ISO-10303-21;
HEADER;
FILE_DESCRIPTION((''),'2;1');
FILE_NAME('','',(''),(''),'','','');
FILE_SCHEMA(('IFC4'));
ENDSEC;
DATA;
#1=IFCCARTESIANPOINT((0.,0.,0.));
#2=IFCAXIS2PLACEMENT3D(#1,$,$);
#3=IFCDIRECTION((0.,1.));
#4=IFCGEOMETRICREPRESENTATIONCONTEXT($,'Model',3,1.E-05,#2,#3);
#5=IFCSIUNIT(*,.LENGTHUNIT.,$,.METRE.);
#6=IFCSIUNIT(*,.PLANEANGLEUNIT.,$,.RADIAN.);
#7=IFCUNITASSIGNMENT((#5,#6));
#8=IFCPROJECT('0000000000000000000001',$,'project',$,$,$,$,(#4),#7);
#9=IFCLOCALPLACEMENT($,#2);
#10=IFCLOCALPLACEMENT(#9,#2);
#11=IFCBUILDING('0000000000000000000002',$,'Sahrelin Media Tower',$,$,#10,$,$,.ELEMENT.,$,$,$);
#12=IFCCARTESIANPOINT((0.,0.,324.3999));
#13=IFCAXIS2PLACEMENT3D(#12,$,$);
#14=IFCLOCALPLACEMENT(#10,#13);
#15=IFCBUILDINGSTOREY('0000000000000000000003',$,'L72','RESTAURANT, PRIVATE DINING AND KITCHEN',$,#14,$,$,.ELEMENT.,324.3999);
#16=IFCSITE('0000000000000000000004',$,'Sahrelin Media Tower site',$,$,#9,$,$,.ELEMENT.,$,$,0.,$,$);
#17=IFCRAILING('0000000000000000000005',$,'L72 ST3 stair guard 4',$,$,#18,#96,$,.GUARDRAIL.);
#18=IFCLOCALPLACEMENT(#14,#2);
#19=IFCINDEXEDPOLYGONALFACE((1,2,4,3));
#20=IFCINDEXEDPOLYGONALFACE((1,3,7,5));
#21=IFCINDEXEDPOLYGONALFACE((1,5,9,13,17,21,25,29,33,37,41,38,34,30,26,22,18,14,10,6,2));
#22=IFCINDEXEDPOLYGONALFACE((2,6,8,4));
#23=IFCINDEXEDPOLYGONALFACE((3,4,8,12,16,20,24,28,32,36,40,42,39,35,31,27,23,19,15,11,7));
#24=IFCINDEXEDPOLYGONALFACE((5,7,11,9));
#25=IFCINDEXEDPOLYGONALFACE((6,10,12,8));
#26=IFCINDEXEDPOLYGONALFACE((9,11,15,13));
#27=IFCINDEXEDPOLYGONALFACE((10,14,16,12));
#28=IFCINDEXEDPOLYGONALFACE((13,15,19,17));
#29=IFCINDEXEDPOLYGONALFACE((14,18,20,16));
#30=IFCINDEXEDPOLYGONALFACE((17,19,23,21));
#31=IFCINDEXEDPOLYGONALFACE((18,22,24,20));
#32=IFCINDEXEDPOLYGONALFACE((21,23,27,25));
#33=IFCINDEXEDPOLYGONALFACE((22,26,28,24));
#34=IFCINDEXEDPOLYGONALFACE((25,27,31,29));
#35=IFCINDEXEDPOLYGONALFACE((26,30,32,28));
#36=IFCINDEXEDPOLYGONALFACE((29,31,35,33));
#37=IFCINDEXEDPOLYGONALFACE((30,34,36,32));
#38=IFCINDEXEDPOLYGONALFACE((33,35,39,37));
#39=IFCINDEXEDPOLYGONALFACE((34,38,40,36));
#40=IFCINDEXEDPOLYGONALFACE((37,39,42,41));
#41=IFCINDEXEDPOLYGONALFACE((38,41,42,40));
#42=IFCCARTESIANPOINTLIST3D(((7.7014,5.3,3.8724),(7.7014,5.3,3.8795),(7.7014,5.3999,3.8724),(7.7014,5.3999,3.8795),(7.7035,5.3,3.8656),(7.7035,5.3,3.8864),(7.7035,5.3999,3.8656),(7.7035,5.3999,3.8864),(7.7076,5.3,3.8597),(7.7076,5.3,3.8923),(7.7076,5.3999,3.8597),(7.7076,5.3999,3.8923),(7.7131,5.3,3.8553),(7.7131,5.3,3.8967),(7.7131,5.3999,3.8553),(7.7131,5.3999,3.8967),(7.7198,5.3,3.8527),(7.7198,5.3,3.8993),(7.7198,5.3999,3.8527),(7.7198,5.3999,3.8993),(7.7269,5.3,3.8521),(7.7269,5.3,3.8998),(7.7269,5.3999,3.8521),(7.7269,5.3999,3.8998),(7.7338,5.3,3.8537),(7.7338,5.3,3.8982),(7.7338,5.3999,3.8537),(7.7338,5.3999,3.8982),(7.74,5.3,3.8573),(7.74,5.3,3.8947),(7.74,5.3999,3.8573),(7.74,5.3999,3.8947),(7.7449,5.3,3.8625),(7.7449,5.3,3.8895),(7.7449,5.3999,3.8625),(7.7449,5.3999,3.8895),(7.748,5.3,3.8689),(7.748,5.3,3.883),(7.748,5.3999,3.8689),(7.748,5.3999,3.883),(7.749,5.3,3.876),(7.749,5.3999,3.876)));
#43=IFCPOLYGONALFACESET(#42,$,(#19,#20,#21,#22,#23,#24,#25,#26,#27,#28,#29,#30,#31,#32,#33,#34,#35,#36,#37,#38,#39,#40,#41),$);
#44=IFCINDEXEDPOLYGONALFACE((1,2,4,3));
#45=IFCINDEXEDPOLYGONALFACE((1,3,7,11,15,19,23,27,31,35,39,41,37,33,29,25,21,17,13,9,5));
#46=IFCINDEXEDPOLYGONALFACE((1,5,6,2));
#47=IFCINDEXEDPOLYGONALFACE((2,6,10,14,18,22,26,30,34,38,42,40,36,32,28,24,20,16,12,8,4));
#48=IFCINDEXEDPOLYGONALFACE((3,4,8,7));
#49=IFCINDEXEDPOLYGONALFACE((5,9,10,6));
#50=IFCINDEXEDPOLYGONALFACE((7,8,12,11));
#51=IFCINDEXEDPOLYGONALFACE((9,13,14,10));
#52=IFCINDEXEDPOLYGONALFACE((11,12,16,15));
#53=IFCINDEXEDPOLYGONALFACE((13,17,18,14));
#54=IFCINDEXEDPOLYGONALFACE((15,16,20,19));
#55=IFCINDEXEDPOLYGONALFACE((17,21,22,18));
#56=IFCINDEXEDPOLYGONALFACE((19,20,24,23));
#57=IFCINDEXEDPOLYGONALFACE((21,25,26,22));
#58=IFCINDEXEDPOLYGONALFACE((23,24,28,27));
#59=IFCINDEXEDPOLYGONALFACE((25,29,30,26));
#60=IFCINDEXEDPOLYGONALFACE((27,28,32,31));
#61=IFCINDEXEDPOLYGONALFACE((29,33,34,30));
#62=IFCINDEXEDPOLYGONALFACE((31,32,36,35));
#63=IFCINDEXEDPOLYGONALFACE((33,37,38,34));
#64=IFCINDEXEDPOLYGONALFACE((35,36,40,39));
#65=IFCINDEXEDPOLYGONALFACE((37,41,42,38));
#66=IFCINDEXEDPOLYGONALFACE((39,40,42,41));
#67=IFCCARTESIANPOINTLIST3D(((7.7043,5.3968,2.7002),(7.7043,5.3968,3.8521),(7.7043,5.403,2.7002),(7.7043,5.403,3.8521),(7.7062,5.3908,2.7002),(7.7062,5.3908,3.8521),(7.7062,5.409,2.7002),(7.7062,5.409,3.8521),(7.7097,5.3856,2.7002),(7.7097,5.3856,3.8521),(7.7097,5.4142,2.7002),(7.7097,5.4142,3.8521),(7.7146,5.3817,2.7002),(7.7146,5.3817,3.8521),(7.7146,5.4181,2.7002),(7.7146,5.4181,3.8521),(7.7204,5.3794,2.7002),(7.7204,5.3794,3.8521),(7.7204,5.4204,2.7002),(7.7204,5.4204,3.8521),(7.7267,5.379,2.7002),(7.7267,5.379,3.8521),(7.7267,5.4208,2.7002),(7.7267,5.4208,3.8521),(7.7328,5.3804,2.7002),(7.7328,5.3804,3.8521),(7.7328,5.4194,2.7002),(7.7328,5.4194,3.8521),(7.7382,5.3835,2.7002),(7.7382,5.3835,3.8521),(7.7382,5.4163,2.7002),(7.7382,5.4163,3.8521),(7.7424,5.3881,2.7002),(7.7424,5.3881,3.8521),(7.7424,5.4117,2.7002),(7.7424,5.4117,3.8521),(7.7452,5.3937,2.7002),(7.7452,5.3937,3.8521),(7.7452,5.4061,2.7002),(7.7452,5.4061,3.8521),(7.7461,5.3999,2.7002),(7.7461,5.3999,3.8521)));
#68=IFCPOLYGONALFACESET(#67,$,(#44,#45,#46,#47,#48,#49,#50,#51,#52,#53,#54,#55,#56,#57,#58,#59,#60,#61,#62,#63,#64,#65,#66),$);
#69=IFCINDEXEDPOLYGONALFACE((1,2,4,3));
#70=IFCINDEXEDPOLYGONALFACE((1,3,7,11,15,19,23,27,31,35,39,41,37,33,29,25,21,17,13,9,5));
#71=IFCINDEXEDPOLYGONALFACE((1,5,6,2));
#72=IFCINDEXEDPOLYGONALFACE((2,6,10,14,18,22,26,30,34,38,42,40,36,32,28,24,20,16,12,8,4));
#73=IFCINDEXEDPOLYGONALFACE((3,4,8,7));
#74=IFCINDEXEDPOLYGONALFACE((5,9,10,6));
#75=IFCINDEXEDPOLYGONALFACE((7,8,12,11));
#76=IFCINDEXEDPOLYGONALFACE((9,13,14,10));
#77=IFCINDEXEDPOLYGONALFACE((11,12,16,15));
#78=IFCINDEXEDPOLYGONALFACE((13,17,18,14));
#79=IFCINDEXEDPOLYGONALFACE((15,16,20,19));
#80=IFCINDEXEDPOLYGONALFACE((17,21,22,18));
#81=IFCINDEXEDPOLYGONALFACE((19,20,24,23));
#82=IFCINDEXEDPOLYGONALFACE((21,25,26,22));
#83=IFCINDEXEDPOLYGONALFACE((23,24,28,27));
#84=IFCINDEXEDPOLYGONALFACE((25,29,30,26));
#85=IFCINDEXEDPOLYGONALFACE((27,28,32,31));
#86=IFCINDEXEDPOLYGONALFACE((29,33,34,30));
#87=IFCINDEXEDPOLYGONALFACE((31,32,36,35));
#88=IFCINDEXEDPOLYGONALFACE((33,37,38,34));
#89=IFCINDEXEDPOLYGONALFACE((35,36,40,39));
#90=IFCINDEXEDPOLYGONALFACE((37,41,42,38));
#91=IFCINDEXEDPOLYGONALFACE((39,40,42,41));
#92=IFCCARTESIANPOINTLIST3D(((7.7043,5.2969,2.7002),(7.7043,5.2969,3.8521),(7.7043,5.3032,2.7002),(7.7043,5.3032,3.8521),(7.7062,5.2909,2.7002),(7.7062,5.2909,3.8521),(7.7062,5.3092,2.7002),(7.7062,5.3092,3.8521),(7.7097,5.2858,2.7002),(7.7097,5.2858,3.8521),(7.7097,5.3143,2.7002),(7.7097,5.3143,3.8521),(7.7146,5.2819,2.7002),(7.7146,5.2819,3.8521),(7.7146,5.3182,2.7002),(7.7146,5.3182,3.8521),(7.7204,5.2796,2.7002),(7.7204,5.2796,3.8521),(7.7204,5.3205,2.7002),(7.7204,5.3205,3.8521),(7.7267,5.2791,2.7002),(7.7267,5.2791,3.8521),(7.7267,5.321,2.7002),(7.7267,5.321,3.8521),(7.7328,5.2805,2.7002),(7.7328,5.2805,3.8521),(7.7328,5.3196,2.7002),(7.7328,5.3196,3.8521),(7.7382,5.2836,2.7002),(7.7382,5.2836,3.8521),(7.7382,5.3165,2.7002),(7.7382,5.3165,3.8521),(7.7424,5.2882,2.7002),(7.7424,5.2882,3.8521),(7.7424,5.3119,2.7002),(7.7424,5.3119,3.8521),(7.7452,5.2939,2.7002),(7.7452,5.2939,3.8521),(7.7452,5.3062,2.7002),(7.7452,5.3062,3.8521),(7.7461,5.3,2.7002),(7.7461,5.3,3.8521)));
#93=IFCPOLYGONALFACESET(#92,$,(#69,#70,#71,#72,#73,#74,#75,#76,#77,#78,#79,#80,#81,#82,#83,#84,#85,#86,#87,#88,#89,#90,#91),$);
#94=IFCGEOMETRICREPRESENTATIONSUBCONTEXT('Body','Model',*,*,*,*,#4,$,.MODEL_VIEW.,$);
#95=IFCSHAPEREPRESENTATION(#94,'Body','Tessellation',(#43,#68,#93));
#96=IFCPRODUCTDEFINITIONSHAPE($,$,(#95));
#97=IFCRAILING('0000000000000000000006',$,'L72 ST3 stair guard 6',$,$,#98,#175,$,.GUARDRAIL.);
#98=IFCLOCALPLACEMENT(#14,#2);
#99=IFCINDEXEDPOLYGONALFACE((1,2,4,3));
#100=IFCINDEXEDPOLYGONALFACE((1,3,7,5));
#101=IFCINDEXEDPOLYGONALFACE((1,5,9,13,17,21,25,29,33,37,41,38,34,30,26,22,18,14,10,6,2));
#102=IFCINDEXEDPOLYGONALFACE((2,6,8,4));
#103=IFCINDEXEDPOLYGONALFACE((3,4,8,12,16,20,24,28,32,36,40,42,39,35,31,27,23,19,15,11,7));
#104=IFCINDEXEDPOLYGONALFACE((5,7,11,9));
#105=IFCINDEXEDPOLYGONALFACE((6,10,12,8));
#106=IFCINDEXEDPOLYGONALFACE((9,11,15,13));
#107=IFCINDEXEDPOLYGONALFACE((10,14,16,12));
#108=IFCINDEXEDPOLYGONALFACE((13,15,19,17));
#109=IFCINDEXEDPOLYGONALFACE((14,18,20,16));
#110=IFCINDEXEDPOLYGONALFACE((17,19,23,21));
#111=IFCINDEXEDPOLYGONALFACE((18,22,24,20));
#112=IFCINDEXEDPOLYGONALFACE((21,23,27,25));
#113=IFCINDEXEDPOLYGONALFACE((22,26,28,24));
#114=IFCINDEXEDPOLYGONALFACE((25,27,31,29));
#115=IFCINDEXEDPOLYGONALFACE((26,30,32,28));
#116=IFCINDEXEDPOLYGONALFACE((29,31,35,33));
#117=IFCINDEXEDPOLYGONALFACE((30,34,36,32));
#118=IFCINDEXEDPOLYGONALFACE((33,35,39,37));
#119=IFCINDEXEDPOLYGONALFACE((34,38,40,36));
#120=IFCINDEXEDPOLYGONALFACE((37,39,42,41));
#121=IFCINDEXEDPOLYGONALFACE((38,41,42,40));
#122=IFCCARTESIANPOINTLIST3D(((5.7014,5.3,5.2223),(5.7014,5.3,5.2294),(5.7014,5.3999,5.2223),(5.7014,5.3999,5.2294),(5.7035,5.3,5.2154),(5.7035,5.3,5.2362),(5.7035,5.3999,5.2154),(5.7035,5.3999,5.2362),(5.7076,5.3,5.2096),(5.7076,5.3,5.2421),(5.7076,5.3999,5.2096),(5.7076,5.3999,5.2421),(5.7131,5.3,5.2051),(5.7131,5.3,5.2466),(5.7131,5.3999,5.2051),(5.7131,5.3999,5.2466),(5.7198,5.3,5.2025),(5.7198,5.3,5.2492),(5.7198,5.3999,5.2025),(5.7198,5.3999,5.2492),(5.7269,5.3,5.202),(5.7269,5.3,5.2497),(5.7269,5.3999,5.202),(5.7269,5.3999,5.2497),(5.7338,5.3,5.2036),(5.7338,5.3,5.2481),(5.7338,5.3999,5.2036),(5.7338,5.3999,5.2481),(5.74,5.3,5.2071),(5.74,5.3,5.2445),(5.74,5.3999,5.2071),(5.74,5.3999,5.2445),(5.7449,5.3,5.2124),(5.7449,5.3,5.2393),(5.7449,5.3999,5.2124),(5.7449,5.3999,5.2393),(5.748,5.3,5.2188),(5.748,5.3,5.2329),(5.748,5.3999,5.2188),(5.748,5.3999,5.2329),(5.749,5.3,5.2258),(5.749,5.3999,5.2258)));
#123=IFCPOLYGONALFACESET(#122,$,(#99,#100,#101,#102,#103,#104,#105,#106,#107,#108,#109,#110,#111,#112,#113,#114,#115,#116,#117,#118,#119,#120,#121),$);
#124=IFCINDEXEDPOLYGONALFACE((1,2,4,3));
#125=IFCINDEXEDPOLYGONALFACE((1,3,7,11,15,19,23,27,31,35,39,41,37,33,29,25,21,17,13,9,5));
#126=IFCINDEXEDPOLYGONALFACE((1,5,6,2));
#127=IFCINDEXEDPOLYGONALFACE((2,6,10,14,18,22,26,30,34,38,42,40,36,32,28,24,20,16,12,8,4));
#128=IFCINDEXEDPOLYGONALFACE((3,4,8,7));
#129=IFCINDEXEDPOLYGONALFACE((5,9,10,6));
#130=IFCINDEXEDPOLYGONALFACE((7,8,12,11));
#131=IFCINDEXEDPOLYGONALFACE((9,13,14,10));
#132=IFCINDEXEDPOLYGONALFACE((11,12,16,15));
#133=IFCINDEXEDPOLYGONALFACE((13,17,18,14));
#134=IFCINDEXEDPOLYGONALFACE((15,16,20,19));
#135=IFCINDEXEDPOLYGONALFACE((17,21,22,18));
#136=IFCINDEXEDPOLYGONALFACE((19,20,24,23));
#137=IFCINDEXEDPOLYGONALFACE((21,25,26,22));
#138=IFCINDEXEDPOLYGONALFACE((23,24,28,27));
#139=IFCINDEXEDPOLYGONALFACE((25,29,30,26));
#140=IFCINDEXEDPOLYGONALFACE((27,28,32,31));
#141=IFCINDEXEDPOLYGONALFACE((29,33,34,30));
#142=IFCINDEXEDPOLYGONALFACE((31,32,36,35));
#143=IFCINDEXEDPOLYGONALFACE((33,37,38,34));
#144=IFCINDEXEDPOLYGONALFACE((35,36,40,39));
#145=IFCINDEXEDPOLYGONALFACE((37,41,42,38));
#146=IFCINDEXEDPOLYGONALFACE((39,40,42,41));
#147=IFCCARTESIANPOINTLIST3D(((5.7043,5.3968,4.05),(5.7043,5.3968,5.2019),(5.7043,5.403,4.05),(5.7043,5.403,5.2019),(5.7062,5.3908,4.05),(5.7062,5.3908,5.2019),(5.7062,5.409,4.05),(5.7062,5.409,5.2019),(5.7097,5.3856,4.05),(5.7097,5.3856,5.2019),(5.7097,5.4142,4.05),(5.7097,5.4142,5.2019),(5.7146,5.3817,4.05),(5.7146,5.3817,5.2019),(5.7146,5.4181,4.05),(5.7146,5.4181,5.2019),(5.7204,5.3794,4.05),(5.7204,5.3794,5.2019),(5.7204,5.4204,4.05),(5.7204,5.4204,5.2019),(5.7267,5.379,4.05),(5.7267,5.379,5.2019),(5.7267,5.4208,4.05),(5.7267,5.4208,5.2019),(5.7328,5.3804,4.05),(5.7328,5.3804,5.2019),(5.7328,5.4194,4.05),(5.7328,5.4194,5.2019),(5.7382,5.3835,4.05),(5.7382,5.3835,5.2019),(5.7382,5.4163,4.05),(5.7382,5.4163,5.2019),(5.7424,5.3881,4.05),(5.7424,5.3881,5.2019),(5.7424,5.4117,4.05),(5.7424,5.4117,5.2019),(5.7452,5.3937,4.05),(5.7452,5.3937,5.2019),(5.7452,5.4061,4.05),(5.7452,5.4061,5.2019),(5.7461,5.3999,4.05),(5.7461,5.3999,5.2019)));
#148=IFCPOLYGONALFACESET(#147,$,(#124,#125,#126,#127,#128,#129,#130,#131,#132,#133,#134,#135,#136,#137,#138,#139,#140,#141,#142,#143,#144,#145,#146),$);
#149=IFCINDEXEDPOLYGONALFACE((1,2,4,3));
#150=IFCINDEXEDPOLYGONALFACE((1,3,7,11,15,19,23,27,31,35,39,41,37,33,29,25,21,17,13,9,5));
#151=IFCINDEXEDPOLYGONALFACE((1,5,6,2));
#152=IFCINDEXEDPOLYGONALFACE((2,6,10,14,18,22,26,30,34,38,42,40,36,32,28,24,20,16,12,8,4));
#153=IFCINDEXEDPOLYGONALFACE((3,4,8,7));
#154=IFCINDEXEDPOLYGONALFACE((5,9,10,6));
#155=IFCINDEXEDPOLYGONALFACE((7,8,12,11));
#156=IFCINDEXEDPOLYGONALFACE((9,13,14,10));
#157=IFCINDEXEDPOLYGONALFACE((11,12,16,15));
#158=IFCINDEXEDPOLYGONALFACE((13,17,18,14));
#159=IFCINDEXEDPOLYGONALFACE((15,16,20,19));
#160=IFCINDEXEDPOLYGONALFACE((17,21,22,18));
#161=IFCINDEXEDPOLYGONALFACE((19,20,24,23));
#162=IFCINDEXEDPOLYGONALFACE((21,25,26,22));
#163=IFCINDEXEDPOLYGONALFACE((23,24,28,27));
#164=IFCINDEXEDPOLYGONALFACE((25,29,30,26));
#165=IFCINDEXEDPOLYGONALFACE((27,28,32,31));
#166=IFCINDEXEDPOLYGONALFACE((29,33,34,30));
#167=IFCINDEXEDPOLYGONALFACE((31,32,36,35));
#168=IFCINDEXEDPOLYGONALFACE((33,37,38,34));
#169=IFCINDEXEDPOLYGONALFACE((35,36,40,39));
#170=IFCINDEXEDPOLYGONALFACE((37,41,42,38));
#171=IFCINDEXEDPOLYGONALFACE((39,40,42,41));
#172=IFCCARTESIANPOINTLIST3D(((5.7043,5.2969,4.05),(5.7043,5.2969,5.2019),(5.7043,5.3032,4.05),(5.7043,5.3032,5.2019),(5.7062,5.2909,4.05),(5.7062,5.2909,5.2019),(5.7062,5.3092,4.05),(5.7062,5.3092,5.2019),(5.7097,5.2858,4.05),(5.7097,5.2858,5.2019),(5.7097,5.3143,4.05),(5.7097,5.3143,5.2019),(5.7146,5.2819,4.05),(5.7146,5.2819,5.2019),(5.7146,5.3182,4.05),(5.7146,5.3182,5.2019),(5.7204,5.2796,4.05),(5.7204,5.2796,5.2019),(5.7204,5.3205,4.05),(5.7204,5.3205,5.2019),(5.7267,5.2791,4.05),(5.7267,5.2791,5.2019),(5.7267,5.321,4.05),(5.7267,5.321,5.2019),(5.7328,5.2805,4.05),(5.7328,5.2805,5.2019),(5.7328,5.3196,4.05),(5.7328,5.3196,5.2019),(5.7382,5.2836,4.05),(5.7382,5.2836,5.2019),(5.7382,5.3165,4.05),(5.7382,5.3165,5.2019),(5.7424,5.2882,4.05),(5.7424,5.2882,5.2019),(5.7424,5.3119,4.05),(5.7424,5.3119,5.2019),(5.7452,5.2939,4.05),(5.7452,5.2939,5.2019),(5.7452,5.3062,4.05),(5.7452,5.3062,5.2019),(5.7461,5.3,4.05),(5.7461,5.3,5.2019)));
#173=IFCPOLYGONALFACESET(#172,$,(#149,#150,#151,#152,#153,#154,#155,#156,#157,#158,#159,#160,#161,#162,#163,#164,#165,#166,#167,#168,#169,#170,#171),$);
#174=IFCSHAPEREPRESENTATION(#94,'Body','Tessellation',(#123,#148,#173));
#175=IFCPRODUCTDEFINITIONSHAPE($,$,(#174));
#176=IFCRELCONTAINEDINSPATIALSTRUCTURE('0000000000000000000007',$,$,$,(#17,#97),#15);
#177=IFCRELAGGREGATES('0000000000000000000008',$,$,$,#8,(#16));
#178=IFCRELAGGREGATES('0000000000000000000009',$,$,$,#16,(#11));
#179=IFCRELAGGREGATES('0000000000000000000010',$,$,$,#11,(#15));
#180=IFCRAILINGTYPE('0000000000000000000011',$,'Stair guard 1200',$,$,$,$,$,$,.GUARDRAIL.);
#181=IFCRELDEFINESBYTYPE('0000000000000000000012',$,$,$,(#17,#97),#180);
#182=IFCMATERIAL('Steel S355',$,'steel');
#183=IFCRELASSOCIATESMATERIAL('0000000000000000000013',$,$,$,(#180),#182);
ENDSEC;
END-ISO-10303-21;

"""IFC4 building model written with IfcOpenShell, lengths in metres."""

from ifc_helpers import new_model, si_unit, direction, frame, origin, origin_2d, place, context, subcontext, project, spatial, circle, extrude, material, type_object, element, save


model = new_model("IFC4")

# Units and contexts
model_context = context("Model", 3, precision=1e-05, world=origin(), true_north=direction((0.0, 1.0)))
body_context = subcontext(model_context, "Body", "Model", "MODEL_VIEW")
ifc_project = project(units=[si_unit("LENGTHUNIT", "METRE"), si_unit("PLANEANGLEUNIT", "RADIAN")], contexts=[model_context])

# Site, building, storey
site_placement = place(None, origin())
site = spatial("IfcSite", under=ifc_project, at=site_placement, Name="Sahrelin Media Tower site", CompositionType="ELEMENT", RefElevation=0.0)
building_placement = place(site_placement, origin())
building = spatial("IfcBuilding", under=site, at=building_placement, Name="Sahrelin Media Tower", CompositionType="ELEMENT")
storey_placement = place(building_placement, frame((0.0, 0.0, 324.3999)))
storey = spatial("IfcBuildingStorey", under=building, at=storey_placement, Name="L72", Description="RESTAURANT, PRIVATE DINING AND KITCHEN", CompositionType="ELEMENT", Elevation=324.3999)

# Railings
ifc_material_1 = material(Name="Steel S355", Category="steel")
railing_type_1 = type_object("IfcRailingType", Name="Stair guard 1200", PredefinedType="GUARDRAIL", material=ifc_material_1)
for number, where, name in (
    (1, (7.7251, 5.3999, 2.7002), "L72 ST3 stair guard 4"),
    (2, (5.7251, 5.3999, 4.05), "L72 ST3 stair guard 6"),
):
    element("IfcRailing", number, at=place(storey_placement, frame(where)), inside=storey, type_object=railing_type_1, Name=name, PredefinedType="GUARDRAIL", context=body_context, shape_type="SweptSolid", body=[
        extrude(circle(Radius=0.0239, at=origin_2d()), frame((0.0, 0.0, 1.1758), z_axis=(0.0, -1.0, 0.0), x_axis=(1.0, 0.0, 0.0)), (0.0, 0.0, 1.0), 0.0999),
        extrude(circle(Radius=0.021, at=origin_2d()), origin(), (0.0, 0.0, 1.0), 1.1519),
        extrude(circle(Radius=0.021, at=origin_2d()), frame((0.0, -0.0999, 0.0)), (0.0, 0.0, 1.0), 1.1519),
    ])

save(model, "model.ifc")
